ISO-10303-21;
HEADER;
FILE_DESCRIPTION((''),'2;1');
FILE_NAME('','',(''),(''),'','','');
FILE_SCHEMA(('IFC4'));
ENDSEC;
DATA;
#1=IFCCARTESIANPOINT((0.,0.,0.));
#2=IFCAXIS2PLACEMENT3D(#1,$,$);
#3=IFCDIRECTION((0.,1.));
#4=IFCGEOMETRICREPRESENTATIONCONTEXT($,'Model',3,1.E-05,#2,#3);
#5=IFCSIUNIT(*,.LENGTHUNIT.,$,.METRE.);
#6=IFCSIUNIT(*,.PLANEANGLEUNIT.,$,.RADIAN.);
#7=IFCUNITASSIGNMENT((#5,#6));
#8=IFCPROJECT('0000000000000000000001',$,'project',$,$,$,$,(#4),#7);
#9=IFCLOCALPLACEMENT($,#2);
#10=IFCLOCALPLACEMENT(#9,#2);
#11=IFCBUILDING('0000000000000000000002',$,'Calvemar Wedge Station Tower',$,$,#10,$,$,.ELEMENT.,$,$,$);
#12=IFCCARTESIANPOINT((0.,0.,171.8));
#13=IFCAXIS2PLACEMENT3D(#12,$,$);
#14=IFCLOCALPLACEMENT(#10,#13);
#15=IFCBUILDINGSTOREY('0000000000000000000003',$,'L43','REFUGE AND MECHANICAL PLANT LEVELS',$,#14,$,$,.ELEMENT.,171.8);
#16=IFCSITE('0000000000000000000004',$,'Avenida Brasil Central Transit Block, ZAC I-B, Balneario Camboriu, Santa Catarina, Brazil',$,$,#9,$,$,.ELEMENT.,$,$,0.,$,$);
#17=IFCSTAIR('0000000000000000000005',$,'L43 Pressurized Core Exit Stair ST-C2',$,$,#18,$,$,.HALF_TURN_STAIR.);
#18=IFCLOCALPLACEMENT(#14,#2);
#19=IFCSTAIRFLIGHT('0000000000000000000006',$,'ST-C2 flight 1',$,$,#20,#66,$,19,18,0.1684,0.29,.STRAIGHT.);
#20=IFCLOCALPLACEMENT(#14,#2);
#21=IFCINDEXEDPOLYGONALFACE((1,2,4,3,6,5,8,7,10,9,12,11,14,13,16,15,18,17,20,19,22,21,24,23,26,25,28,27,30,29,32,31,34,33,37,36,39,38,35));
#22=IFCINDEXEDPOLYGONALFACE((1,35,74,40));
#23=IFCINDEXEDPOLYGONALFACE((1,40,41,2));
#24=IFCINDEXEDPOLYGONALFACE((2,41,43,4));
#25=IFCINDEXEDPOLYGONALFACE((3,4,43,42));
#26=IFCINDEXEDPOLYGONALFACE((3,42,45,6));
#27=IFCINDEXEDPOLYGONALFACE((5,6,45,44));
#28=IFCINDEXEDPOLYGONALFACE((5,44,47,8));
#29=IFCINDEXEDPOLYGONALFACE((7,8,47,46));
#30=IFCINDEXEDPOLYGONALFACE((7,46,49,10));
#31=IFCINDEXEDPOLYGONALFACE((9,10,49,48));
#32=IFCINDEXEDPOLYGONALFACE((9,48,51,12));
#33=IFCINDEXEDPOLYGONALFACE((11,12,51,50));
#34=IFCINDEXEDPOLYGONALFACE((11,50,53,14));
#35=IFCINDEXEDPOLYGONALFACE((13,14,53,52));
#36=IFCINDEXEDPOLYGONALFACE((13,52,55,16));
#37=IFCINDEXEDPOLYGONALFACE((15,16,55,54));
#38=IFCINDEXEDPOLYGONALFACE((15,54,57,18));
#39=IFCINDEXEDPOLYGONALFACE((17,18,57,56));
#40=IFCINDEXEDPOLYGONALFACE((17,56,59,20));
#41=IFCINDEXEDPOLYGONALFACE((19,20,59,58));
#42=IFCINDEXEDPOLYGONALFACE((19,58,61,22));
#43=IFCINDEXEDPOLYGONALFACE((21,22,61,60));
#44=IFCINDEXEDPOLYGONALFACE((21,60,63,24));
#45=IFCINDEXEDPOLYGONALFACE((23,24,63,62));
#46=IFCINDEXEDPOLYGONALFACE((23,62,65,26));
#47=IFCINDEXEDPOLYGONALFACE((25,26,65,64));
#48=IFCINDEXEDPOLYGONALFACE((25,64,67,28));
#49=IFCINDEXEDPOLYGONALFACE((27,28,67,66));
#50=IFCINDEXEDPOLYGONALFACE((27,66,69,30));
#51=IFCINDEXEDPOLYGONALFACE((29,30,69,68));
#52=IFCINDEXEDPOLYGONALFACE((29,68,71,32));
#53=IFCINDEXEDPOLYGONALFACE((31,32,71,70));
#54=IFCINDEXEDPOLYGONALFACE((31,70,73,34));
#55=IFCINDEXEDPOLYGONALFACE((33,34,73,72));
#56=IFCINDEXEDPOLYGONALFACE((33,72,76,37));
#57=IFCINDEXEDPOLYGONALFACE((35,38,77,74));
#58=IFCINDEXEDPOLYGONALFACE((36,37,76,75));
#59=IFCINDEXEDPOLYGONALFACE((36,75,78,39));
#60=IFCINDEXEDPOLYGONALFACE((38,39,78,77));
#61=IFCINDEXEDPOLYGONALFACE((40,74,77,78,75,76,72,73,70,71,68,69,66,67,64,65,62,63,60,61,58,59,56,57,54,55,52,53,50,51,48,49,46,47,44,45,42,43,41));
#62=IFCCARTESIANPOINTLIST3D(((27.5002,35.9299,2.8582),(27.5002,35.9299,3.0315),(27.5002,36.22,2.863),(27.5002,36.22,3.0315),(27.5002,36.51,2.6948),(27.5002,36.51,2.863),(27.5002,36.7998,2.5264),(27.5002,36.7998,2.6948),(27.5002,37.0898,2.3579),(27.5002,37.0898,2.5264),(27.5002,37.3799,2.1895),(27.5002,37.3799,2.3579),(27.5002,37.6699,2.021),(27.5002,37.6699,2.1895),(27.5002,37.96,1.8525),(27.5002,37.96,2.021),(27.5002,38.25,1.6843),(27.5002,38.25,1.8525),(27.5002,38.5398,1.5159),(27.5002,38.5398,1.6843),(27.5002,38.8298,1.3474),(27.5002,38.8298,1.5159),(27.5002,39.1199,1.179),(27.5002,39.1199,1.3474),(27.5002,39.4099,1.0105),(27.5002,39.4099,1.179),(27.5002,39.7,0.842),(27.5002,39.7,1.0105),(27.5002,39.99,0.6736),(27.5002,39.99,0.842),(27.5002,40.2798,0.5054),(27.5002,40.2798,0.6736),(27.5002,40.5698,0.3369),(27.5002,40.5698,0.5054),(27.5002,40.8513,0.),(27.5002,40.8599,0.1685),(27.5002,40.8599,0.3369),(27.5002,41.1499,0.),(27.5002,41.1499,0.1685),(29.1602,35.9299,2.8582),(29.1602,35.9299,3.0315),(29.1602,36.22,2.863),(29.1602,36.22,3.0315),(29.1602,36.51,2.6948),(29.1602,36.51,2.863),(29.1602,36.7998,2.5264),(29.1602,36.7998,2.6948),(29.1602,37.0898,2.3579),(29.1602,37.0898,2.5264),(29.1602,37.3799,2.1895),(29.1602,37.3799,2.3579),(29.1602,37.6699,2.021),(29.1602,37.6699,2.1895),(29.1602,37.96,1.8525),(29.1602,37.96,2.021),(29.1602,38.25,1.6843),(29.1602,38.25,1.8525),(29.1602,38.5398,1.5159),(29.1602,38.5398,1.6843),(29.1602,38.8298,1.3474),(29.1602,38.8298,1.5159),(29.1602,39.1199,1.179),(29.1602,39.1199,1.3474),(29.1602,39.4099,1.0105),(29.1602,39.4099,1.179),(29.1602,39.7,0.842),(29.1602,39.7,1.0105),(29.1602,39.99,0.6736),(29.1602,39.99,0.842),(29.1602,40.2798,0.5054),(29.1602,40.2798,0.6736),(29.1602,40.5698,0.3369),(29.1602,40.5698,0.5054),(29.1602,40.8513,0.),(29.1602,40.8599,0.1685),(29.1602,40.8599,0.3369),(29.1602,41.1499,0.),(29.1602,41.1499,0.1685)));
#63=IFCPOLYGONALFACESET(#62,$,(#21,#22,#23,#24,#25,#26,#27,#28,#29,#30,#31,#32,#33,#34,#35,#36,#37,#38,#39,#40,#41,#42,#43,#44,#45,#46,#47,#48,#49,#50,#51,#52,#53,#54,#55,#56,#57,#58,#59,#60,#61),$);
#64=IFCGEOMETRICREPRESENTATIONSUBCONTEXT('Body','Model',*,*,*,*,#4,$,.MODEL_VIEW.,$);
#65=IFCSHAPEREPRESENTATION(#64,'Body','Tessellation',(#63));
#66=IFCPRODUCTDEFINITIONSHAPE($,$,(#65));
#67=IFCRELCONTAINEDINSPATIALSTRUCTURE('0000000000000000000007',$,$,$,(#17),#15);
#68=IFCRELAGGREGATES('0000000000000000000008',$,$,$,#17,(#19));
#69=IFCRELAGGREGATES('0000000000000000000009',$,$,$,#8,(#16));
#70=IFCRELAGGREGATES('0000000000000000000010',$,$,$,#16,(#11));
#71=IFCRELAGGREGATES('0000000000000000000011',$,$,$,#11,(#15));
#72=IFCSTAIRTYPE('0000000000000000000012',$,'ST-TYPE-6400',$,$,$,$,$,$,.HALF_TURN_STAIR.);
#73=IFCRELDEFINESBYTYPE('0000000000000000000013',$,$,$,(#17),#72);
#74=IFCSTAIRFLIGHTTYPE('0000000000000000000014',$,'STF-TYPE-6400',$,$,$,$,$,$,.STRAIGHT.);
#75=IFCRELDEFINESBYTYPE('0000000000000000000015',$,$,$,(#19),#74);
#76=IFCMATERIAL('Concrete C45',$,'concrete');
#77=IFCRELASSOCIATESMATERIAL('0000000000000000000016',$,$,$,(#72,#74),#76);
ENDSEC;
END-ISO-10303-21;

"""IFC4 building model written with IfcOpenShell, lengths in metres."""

from ifc_helpers import new_model, si_unit, direction, frame, origin, place, context, subcontext, project, spatial, polyline, outline, extrude, material, type_object, element, aggregate, save


model = new_model("IFC4")

# Units and contexts
model_context = context("Model", 3, precision=1e-05, world=origin(), true_north=direction((0.0, 1.0)))
body_context = subcontext(model_context, "Body", "Model", "MODEL_VIEW")
ifc_project = project(units=[si_unit("LENGTHUNIT", "METRE"), si_unit("PLANEANGLEUNIT", "RADIAN")], contexts=[model_context])

# Site, building, storey
site_placement = place(None, origin())
site = spatial("IfcSite", under=ifc_project, at=site_placement, Name="Avenida Brasil Central Transit Block, ZAC I-B, Balneario Camboriu, Santa Catarina, Brazil", CompositionType="ELEMENT", RefElevation=0.0)
building_placement = place(site_placement, origin())
building = spatial("IfcBuilding", under=site, at=building_placement, Name="Calvemar Wedge Station Tower", CompositionType="ELEMENT")
storey_placement = place(building_placement, frame((0.0, 0.0, 171.8)))
storey = spatial("IfcBuildingStorey", under=building, at=storey_placement, Name="L43", Description="REFUGE AND MECHANICAL PLANT LEVELS", CompositionType="ELEMENT", Elevation=171.8)

# Stair, stair flight
ifc_material_1 = material(Name="Concrete C45", Category="concrete")
stair_type = type_object("IfcStairType", Name="ST-TYPE-6400", PredefinedType="HALF_TURN_STAIR", material=ifc_material_1)
stair_placement = place(storey_placement, origin())
stair = element("IfcStair", 1, at=stair_placement, inside=storey, type_object=stair_type, Name="L43 Pressurized Core Exit Stair ST-C2", PredefinedType="HALF_TURN_STAIR")
stair_flight_type = type_object("IfcStairFlightType", Name="STF-TYPE-6400", PredefinedType="STRAIGHT", material=ifc_material_1)
stair_flight_placement = place(storey_placement, frame((28.3301, 41.1499, 0.0), z_axis=(0.0, 0.0, 1.0), x_axis=(0.0, -1.0, 0.0)))
stair_flight = element("IfcStairFlight", 2, at=stair_flight_placement, type_object=stair_flight_type, Name="ST-C2 flight 1", NumberOfRisers=19, NumberOfTreads=18, PredefinedType="STRAIGHT", RiserHeight=0.1684, TreadLength=0.29, context=body_context, shape_type="SweptSolid", body=[
    extrude(outline(polyline([(0.0, 0.0), (0.0, 0.1685), (0.29, 0.1685), (0.29, 0.3369), (0.5801, 0.3369), (0.5801, 0.5054), (0.8701, 0.5054), (0.8701, 0.6736), (1.1599, 0.6736), (1.1599, 0.842), (1.45, 0.842), (1.45, 1.0105), (1.74, 1.0105), (1.74, 1.179), (2.03, 1.179), (2.03, 1.3474), (2.3201, 1.3474), (2.3201, 1.5159), (2.6101, 1.5159), (2.6101, 1.6843), (2.8999, 1.6843), (2.8999, 1.8525), (3.1899, 1.8525), (3.1899, 2.021), (3.48, 2.021), (3.48, 2.1895), (3.77, 2.1895), (3.77, 2.3579), (4.0601, 2.3579), (4.0601, 2.5264), (4.3501, 2.5264), (4.3501, 2.6948), (4.6399, 2.6948), (4.6399, 2.863), (4.9299, 2.863), (4.9299, 3.0315), (5.22, 3.0315), (5.22, 3.2), (5.22, 2.8582), (0.2986, 0.0), (0.0, 0.0)])), frame((0.0, 0.8301, 0.0), z_axis=(0.0, -1.0, 0.0), x_axis=(1.0, 0.0, 0.0)), (0.0, 0.0, 1.0), 1.6599),
])
aggregate(stair, [stair_flight])

save(model, "model.ifc")
